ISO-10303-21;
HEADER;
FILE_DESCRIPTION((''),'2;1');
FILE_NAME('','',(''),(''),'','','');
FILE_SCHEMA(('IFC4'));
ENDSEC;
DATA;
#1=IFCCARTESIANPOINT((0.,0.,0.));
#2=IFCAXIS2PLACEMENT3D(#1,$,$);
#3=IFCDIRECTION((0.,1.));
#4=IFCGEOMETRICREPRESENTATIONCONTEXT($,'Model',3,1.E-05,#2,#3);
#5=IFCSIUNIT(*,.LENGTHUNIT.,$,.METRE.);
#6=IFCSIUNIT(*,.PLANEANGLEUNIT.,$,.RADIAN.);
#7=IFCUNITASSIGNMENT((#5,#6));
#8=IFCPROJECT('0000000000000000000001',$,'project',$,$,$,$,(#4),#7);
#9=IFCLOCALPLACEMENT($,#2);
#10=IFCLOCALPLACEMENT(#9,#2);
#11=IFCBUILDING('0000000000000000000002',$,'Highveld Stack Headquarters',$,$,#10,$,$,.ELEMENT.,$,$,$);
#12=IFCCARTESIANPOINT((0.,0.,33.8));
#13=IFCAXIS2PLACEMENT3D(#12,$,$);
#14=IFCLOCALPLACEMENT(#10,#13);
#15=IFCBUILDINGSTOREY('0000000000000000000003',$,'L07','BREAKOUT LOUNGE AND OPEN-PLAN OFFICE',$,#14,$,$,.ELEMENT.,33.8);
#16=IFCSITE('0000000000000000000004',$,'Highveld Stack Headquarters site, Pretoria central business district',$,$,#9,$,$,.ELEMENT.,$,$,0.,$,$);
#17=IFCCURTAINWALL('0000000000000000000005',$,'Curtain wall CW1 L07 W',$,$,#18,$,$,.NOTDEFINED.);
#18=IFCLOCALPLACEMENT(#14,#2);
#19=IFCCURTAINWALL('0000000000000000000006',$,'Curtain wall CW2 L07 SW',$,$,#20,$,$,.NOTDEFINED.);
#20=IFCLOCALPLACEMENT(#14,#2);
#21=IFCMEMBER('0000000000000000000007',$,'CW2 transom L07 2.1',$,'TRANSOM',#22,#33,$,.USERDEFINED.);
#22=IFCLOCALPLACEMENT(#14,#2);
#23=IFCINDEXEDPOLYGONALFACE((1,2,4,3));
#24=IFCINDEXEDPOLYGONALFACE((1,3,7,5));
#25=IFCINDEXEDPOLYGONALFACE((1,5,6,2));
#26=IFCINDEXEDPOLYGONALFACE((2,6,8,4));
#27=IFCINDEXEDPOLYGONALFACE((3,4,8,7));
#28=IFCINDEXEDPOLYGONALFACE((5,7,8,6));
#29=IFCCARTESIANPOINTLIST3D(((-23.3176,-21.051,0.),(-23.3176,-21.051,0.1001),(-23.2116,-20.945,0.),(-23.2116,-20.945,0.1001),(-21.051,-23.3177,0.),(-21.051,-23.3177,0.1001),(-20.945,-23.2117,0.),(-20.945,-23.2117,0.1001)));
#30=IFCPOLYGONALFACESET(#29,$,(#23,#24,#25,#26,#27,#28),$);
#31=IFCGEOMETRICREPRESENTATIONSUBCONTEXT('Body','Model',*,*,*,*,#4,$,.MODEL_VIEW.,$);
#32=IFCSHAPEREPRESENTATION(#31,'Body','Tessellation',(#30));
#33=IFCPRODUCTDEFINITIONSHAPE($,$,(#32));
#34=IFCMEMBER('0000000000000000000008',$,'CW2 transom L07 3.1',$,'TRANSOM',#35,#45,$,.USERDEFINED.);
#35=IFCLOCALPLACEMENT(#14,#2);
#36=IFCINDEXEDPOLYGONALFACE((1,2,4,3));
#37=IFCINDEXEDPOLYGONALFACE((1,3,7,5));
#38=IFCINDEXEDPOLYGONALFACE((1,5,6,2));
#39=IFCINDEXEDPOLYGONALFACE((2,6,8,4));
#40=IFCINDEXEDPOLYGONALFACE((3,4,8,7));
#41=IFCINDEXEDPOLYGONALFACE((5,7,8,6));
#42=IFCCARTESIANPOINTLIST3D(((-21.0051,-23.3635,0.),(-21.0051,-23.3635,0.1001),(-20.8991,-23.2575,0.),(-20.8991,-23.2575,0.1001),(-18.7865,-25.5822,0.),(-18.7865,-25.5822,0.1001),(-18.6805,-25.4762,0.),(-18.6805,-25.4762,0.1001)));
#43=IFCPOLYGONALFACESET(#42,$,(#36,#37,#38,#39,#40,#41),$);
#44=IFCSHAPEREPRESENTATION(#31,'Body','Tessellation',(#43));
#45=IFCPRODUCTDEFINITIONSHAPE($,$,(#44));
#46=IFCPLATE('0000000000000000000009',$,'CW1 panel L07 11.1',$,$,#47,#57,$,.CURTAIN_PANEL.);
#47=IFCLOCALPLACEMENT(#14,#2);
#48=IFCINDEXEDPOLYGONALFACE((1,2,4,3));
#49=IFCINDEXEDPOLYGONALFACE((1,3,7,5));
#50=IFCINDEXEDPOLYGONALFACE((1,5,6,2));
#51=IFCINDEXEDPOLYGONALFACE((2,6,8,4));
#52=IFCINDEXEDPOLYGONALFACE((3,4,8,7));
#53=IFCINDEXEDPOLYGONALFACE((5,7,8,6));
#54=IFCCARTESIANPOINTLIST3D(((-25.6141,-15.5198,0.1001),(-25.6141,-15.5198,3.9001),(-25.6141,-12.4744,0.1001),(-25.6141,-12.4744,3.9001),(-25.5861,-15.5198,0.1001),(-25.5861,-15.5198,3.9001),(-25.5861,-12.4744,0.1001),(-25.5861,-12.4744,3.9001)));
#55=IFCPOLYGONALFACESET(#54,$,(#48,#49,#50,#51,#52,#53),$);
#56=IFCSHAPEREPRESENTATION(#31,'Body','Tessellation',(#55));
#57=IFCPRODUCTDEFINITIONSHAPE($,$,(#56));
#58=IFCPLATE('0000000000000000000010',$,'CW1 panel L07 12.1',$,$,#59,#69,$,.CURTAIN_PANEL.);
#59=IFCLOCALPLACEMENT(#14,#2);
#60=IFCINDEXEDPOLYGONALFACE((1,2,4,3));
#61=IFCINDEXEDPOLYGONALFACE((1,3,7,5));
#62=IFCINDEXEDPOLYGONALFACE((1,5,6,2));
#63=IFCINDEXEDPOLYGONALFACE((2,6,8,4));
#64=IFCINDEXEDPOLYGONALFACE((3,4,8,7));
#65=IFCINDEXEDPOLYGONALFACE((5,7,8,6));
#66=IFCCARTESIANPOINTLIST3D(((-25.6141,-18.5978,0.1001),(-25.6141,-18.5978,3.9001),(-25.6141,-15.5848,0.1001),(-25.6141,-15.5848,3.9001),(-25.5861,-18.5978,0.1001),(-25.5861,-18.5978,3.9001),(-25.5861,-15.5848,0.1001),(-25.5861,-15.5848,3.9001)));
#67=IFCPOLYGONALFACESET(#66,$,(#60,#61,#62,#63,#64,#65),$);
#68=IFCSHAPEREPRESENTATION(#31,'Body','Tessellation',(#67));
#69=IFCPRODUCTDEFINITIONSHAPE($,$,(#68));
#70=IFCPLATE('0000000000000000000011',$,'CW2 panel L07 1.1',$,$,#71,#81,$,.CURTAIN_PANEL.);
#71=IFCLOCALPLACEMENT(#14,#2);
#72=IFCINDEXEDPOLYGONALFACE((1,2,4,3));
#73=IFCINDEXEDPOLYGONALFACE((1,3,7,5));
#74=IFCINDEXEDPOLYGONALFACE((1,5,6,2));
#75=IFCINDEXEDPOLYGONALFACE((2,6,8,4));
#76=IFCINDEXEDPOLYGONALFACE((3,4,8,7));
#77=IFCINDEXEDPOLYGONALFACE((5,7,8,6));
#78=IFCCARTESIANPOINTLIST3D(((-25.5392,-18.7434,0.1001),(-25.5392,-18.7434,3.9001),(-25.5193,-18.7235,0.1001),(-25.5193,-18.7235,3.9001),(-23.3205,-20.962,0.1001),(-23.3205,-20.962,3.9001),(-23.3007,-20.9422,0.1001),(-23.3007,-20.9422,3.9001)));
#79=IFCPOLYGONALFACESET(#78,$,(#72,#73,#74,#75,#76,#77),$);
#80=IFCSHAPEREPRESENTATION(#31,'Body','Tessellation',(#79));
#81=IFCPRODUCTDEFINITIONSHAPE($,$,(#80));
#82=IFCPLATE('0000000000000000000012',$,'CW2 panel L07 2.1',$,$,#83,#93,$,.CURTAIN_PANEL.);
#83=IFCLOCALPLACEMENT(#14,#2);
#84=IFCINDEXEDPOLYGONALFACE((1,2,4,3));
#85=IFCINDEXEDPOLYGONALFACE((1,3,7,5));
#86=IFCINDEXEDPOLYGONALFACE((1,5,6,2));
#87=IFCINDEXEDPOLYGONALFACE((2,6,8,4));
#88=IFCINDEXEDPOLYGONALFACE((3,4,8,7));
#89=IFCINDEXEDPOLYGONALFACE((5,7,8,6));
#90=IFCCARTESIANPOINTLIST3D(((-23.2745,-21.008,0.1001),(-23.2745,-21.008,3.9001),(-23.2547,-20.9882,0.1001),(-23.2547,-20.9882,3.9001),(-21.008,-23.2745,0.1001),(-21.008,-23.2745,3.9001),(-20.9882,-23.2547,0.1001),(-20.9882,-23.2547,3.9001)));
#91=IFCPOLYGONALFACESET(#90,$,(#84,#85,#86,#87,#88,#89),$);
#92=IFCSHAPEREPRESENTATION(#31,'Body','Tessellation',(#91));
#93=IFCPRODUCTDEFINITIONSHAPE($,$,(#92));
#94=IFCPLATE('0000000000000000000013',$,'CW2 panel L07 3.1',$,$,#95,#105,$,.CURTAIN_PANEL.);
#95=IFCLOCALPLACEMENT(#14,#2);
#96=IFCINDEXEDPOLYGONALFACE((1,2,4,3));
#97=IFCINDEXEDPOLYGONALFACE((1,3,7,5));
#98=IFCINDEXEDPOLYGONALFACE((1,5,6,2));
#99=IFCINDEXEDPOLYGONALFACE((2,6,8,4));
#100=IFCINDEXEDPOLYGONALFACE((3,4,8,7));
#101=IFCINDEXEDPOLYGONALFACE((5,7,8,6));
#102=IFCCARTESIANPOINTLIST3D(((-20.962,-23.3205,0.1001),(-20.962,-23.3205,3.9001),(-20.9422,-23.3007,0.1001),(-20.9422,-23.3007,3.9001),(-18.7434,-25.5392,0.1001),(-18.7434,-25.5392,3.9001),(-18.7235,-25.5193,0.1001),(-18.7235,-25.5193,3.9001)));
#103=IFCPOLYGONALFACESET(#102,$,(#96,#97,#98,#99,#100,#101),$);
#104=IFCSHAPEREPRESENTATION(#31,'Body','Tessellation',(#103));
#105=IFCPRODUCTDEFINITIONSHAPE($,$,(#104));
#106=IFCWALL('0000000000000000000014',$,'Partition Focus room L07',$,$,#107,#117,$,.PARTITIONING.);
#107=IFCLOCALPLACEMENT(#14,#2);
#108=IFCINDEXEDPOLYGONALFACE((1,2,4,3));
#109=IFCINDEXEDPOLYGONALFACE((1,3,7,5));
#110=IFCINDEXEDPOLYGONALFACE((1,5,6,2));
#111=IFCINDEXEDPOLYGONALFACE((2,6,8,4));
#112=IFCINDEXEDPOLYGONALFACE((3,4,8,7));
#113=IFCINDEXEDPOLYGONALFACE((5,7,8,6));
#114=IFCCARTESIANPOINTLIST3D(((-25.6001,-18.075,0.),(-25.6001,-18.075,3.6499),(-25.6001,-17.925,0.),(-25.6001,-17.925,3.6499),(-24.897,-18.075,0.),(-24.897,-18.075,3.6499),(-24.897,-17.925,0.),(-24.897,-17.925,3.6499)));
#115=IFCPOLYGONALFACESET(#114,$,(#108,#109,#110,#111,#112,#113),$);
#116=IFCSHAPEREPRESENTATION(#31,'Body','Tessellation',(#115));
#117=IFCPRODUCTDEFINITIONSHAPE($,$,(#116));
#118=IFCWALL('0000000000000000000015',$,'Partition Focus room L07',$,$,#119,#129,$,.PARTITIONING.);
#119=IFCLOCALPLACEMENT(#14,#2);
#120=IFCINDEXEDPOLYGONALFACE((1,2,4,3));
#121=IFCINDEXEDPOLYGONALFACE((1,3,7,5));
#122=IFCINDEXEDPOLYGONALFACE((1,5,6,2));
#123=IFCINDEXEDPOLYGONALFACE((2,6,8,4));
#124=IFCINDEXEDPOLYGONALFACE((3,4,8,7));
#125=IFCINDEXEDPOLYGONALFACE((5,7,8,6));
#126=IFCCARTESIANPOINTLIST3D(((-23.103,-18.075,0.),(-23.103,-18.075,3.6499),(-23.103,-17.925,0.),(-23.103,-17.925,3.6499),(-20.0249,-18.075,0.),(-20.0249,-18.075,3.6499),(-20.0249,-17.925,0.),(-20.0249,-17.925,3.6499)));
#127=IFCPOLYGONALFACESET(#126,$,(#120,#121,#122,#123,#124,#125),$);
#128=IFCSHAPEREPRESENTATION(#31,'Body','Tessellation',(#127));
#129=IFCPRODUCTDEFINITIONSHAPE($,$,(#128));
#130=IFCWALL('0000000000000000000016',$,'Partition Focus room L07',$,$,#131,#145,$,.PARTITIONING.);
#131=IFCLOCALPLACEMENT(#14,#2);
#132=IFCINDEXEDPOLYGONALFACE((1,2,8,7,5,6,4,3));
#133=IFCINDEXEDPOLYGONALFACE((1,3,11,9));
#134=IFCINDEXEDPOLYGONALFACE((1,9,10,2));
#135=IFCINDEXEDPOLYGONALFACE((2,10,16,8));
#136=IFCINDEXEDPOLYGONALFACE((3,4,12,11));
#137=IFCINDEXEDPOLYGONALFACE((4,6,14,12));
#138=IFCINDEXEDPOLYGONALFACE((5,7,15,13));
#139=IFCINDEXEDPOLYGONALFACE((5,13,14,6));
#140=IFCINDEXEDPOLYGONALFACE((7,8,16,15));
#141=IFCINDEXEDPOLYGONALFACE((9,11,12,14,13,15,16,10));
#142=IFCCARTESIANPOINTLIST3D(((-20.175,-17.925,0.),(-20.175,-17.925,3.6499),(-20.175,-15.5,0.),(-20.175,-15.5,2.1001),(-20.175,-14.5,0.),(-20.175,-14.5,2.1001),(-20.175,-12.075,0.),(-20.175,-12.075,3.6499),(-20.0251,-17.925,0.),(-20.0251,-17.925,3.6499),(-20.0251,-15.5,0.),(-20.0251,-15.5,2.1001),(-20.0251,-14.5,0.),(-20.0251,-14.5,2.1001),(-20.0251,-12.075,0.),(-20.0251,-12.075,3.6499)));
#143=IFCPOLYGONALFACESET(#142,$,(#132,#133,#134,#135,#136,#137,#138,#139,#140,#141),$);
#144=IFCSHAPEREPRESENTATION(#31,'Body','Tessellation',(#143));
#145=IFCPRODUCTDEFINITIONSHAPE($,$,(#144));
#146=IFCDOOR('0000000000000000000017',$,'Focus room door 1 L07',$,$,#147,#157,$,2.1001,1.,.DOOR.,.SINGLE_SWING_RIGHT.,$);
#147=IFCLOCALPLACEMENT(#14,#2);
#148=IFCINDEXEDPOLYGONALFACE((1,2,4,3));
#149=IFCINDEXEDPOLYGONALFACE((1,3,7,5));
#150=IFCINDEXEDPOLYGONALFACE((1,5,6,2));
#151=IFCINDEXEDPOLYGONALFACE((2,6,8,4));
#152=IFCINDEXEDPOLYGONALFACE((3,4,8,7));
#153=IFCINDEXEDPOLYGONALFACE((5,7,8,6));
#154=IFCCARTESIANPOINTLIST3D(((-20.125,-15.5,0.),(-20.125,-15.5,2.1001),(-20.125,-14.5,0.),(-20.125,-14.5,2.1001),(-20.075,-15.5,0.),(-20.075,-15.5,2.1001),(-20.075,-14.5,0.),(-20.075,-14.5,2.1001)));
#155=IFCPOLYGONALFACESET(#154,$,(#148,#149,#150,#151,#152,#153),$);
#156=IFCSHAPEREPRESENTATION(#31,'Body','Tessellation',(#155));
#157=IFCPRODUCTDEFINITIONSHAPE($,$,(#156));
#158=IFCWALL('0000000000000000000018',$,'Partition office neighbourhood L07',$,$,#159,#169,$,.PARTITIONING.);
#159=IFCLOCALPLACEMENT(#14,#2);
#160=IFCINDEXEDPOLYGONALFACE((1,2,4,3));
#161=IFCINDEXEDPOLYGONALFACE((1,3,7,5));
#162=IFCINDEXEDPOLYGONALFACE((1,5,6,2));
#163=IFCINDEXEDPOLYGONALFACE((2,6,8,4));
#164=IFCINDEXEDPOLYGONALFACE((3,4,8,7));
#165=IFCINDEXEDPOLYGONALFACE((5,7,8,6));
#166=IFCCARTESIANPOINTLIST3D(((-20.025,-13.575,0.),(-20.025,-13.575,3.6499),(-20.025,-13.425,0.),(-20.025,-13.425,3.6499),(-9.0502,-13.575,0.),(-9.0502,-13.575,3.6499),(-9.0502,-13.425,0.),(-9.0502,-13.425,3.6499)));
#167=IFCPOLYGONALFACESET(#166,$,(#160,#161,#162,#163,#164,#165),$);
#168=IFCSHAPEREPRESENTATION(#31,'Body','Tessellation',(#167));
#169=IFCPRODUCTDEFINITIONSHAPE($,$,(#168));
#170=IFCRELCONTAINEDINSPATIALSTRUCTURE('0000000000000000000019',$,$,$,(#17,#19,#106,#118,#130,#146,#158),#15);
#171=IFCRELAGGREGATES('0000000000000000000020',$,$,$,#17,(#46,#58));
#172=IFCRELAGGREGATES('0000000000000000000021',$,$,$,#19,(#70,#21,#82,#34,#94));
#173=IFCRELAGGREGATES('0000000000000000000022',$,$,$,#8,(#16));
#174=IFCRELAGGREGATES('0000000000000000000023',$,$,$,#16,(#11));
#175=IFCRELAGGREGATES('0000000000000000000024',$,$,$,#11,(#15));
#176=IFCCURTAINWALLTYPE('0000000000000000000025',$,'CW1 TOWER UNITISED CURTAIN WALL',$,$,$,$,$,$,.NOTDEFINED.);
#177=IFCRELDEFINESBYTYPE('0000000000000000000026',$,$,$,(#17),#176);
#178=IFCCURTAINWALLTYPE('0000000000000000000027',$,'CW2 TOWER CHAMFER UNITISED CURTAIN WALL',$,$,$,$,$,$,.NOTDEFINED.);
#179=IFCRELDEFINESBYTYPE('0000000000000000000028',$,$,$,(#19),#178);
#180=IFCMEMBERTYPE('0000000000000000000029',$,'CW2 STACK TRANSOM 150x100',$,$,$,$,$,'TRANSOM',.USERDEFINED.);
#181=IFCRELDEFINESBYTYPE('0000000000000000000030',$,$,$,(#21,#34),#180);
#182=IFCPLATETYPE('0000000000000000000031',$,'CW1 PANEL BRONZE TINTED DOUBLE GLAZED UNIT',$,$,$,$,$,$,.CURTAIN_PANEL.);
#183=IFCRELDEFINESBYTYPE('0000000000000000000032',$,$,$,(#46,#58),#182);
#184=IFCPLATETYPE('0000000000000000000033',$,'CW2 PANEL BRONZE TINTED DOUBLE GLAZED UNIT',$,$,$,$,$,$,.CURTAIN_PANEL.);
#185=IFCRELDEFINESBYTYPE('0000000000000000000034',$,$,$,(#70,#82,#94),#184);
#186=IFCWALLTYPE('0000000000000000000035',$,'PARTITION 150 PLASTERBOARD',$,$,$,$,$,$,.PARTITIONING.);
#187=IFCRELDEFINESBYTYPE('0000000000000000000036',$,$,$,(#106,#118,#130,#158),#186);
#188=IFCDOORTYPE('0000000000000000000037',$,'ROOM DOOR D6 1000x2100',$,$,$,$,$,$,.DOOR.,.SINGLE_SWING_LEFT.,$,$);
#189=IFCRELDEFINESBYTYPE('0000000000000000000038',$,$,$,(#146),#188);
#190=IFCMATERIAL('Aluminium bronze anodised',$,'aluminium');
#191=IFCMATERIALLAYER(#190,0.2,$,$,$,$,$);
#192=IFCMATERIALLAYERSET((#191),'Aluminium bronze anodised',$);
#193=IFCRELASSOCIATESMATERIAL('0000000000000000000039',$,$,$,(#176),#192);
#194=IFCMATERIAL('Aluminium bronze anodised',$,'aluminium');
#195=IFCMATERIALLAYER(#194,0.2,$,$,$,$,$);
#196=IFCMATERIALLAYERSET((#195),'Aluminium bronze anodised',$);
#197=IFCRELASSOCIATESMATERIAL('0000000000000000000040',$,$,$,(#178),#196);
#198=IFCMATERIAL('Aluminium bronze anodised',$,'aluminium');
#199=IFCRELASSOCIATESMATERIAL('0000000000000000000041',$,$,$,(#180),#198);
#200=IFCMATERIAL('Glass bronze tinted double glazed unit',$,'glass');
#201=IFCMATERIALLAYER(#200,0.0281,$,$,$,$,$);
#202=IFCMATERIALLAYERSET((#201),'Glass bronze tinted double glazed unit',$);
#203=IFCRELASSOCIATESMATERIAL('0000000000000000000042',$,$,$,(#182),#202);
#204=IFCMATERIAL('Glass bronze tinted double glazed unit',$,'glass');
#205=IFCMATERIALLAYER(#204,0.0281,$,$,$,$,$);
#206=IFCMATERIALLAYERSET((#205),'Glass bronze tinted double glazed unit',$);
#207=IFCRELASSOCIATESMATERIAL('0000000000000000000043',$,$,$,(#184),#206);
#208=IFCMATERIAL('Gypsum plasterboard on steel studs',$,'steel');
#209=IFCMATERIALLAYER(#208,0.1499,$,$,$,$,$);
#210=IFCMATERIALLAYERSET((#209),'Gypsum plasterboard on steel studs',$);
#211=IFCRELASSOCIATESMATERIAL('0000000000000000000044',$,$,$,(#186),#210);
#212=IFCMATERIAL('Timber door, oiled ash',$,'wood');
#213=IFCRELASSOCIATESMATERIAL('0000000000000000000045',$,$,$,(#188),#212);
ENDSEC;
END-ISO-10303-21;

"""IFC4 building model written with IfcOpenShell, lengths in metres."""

from ifc_helpers import new_model, si_unit, direction, frame, frame_2d, origin, origin_2d, place, context, subcontext, project, spatial, rectangle, extrude, material, layer, layer_set, material_profile, profile_set, type_object, element, fill, aggregate, save


model = new_model("IFC4")

# Units and contexts
model_context = context("Model", 3, precision=1e-05, world=origin(), true_north=direction((0.0, 1.0)))
body_context = subcontext(model_context, "Body", "Model", "MODEL_VIEW")
ifc_project = project(units=[si_unit("LENGTHUNIT", "METRE"), si_unit("PLANEANGLEUNIT", "RADIAN")], contexts=[model_context])

# Site, building, storey
site_placement = place(None, origin())
site = spatial("IfcSite", under=ifc_project, at=site_placement, Name="Highveld Stack Headquarters site, Pretoria central business district", CompositionType="ELEMENT", RefElevation=0.0)
building_placement = place(site_placement, origin())
building = spatial("IfcBuilding", under=site, at=building_placement, Name="Highveld Stack Headquarters", CompositionType="ELEMENT")
storey_placement = place(building_placement, frame((0.0, 0.0, 33.8)))
storey = spatial("IfcBuildingStorey", under=building, at=storey_placement, Name="L07", Description="BREAKOUT LOUNGE AND OPEN-PLAN OFFICE", CompositionType="ELEMENT", Elevation=33.8)

# Shared definitions
ifc_material_1 = material(Name="Aluminium bronze anodised", Category="aluminium")
ifc_layer_1 = layer(ifc_material_1, 0.2)
ifc_layer_set_1 = layer_set([ifc_layer_1], Name="Aluminium bronze anodised")
curtain_wall_type_1 = type_object("IfcCurtainWallType", Name="CW1 TOWER UNITISED CURTAIN WALL", PredefinedType="NOTDEFINED", material=ifc_layer_set_1)

# Curtain wall
curtain_wall_1_placement = place(storey_placement, origin())
curtain_wall_1 = element("IfcCurtainWall", 1, at=curtain_wall_1_placement, inside=storey, type_object=curtain_wall_type_1, Name="Curtain wall CW1 L07 W", PredefinedType="NOTDEFINED")

# Curtain wall, members
ifc_material_2 = material(Name="Aluminium bronze anodised", Category="aluminium")
ifc_layer_2 = layer(ifc_material_2, 0.2)
ifc_layer_set_2 = layer_set([ifc_layer_2], Name="Aluminium bronze anodised")
curtain_wall_type_2 = type_object("IfcCurtainWallType", Name="CW2 TOWER CHAMFER UNITISED CURTAIN WALL", PredefinedType="NOTDEFINED", material=ifc_layer_set_2)
curtain_wall_2_placement = place(storey_placement, origin())
curtain_wall_2 = element("IfcCurtainWall", 2, at=curtain_wall_2_placement, inside=storey, type_object=curtain_wall_type_2, Name="Curtain wall CW2 L07 SW", PredefinedType="NOTDEFINED")
ifc_material_3 = material(Name="Aluminium bronze anodised", Category="aluminium")
ifc_material_profile_1 = material_profile(ifc_material_3, rectangle(XDim=0.1499, YDim=0.1001, at=origin_2d()), Name="CW2 TRANSOM 150x100")
ifc_profile_set_1 = profile_set([ifc_material_profile_1], Name="Aluminium bronze anodised")
member_type_1 = type_object("IfcMemberType", Name="CW2 STACK TRANSOM 150x100", ElementType="TRANSOM", PredefinedType="USERDEFINED", material=ifc_profile_set_1)
member_1_placement = place(storey_placement, frame((-23.2646, -20.998, 0.05), z_axis=(0.707107, -0.707107, 0.0), x_axis=(0.707107, 0.707107, 0.0)))
member_1 = element("IfcMember", 3, at=member_1_placement, type_object=member_type_1, Name="CW2 transom L07 2.1", ObjectType="TRANSOM", PredefinedType="USERDEFINED", context=body_context, shape_type="SweptSolid", body=[
    extrude(rectangle(XDim=0.1499, YDim=0.1001, at=origin_2d()), origin(), (0.0, 0.0, 1.0), 3.2056),
])
member_2_placement = place(storey_placement, frame((-20.9521, -23.3105, 0.05), z_axis=(0.707107, -0.707107, 0.0), x_axis=(0.707107, 0.707107, 0.0)))
member_2 = element("IfcMember", 4, at=member_2_placement, type_object=member_type_1, Name="CW2 transom L07 3.1", ObjectType="TRANSOM", PredefinedType="USERDEFINED", context=body_context, shape_type="SweptSolid", body=[
    extrude(rectangle(XDim=0.1499, YDim=0.1001, at=origin_2d()), origin(), (0.0, 0.0, 1.0), 3.1377),
])

# Plates
ifc_material_4 = material(Name="Glass bronze tinted double glazed unit", Category="glass")
ifc_layer_3 = layer(ifc_material_4, 0.0281)
ifc_layer_set_3 = layer_set([ifc_layer_3], Name="Glass bronze tinted double glazed unit")
plate_type_1 = type_object("IfcPlateType", Name="CW1 PANEL BRONZE TINTED DOUBLE GLAZED UNIT", PredefinedType="CURTAIN_PANEL", material=ifc_layer_set_3)
plate_1_placement = place(storey_placement, frame((-25.6001, -13.9971, 0.1001), z_axis=(0.0, 0.0, 1.0), x_axis=(0.0, -1.0, 0.0)))
plate_1 = element("IfcPlate", 5, at=plate_1_placement, type_object=plate_type_1, Name="CW1 panel L07 11.1", PredefinedType="CURTAIN_PANEL", context=body_context, shape_type="SweptSolid", body=[
    extrude(rectangle(XDim=3.0454, YDim=0.0281, at=origin_2d()), origin(), (0.0, 0.0, 1.0), 3.8),
])
plate_2_placement = place(storey_placement, frame((-25.6001, -17.0913, 0.1001), z_axis=(0.0, 0.0, 1.0), x_axis=(0.0, -1.0, 0.0)))
plate_2 = element("IfcPlate", 6, at=plate_2_placement, type_object=plate_type_1, Name="CW1 panel L07 12.1", PredefinedType="CURTAIN_PANEL", context=body_context, shape_type="SweptSolid", body=[
    extrude(rectangle(XDim=3.0129, YDim=0.0281, at=origin_2d()), origin(), (0.0, 0.0, 1.0), 3.8),
])
aggregate(curtain_wall_1, [plate_1, plate_2])
ifc_material_5 = material(Name="Glass bronze tinted double glazed unit", Category="glass")
ifc_layer_4 = layer(ifc_material_5, 0.0281)
ifc_layer_set_4 = layer_set([ifc_layer_4], Name="Glass bronze tinted double glazed unit")
plate_type_2 = type_object("IfcPlateType", Name="CW2 PANEL BRONZE TINTED DOUBLE GLAZED UNIT", PredefinedType="CURTAIN_PANEL", material=ifc_layer_set_4)
plate_3_placement = place(storey_placement, frame((-24.4199, -19.8428, 0.1001), z_axis=(0.0, 0.0, 1.0), x_axis=(0.707107, -0.707107, 0.0)))
plate_3 = element("IfcPlate", 7, at=plate_3_placement, type_object=plate_type_2, Name="CW2 panel L07 1.1", PredefinedType="CURTAIN_PANEL", context=body_context, shape_type="SweptSolid", body=[
    extrude(rectangle(XDim=3.1377, YDim=0.0281, at=origin_2d()), origin(), (0.0, 0.0, 1.0), 3.8),
])
plate_4_placement = place(storey_placement, frame((-22.1313, -22.1313, 0.1001), z_axis=(0.0, 0.0, 1.0), x_axis=(0.707107, -0.707107, 0.0)))
plate_4 = element("IfcPlate", 8, at=plate_4_placement, type_object=plate_type_2, Name="CW2 panel L07 2.1", PredefinedType="CURTAIN_PANEL", context=body_context, shape_type="SweptSolid", body=[
    extrude(rectangle(XDim=3.2053, YDim=0.0281, at=origin_2d()), origin(), (0.0, 0.0, 1.0), 3.8),
])
plate_5_placement = place(storey_placement, frame((-19.8428, -24.4199, 0.1001), z_axis=(0.0, 0.0, 1.0), x_axis=(0.707107, -0.707107, 0.0)))
plate_5 = element("IfcPlate", 9, at=plate_5_placement, type_object=plate_type_2, Name="CW2 panel L07 3.1", PredefinedType="CURTAIN_PANEL", context=body_context, shape_type="SweptSolid", body=[
    extrude(rectangle(XDim=3.1377, YDim=0.0281, at=origin_2d()), origin(), (0.0, 0.0, 1.0), 3.8),
])
aggregate(curtain_wall_2, [plate_3, member_1, plate_4, member_2, plate_5])

# Walls
ifc_material_6 = material(Name="Gypsum plasterboard on steel studs", Category="steel")
ifc_layer_5 = layer(ifc_material_6, 0.1499)
ifc_layer_set_5 = layer_set([ifc_layer_5], Name="Gypsum plasterboard on steel studs")
wall_type = type_object("IfcWallType", Name="PARTITION 150 PLASTERBOARD", PredefinedType="PARTITIONING", material=ifc_layer_set_5)
wall_1_placement = place(storey_placement, frame((-25.6001, -18.0, 0.0), z_axis=(0.0, 0.0, 1.0), x_axis=(1.0, 0.0, 0.0)))
element("IfcWall", 10, at=wall_1_placement, inside=storey, type_object=wall_type, Name="Partition Focus room L07", PredefinedType="PARTITIONING", context=body_context, shape_type="SweptSolid", body=[
    extrude(rectangle(XDim=0.7031, YDim=0.1499, at=frame_2d((0.3516, 0.0))), origin(), (0.0, 0.0, 1.0), 3.6499),
])
wall_2_placement = place(storey_placement, frame((-23.103, -18.0, 0.0), z_axis=(0.0, 0.0, 1.0), x_axis=(1.0, 0.0, 0.0)))
element("IfcWall", 11, at=wall_2_placement, inside=storey, type_object=wall_type, Name="Partition Focus room L07", PredefinedType="PARTITIONING", context=body_context, shape_type="SweptSolid", body=[
    extrude(rectangle(XDim=3.0781, YDim=0.1499, at=frame_2d((1.5391, 0.0))), origin(), (0.0, 0.0, 1.0), 3.6499),
])

# Wall, opening, door
wall_3_placement = place(storey_placement, frame((-20.1001, -17.925, 0.0), z_axis=(0.0, 0.0, 1.0), x_axis=(0.0, 1.0, 0.0)))
wall_3 = element("IfcWall", 12, at=wall_3_placement, inside=storey, type_object=wall_type, Name="Partition Focus room L07", PredefinedType="PARTITIONING", context=body_context, shape_type="SweptSolid", body=[
    extrude(rectangle(XDim=5.8501, YDim=0.1499, at=frame_2d((2.925, 0.0))), origin(), (0.0, 0.0, 1.0), 3.6499),
])
opening_placement = place(wall_3_placement, frame((2.425, 0.0, 0.0)))
opening = element("IfcOpeningElement", 13, at=opening_placement, cuts=wall_3, PredefinedType="OPENING", context=body_context, shape_type="SweptSolid", body=[
    extrude(rectangle(XDim=1.0, YDim=2.1001, at=frame_2d((0.5, 1.05))), frame((0.0, 0.085, 0.0), z_axis=(0.0, -1.0, 0.0), x_axis=(1.0, 0.0, 0.0)), (0.0, 0.0, 1.0), 0.1699),
])
ifc_material_7 = material(Name="Timber door, oiled ash", Category="wood")
door_type = type_object("IfcDoorType", Name="ROOM DOOR D6 1000x2100", OperationType="SINGLE_SWING_LEFT", PredefinedType="DOOR", material=ifc_material_7)
door_placement = place(opening_placement, origin())
door = element("IfcDoor", 14, at=door_placement, inside=storey, type_object=door_type, Name="Focus room door 1 L07", OperationType="SINGLE_SWING_RIGHT", OverallHeight=2.1001, OverallWidth=1.0, PredefinedType="DOOR", context=body_context, shape_type="SweptSolid", body=[
    extrude(rectangle(XDim=1.0, YDim=2.1001, at=frame_2d((0.5, 1.05))), frame((0.0, 0.0249, 0.0), z_axis=(0.0, -1.0, 0.0), x_axis=(1.0, 0.0, 0.0)), (0.0, 0.0, 1.0), 0.05),
])
fill(opening, door)

# Wall
wall_4_placement = place(storey_placement, frame((-20.0249, -13.5, 0.0), z_axis=(0.0, 0.0, 1.0), x_axis=(1.0, 0.0, 0.0)))
element("IfcWall", 15, at=wall_4_placement, inside=storey, type_object=wall_type, Name="Partition office neighbourhood L07", PredefinedType="PARTITIONING", context=body_context, shape_type="SweptSolid", body=[
    extrude(rectangle(XDim=10.9749, YDim=0.1499, at=frame_2d((5.4873, 0.0))), origin(), (0.0, 0.0, 1.0), 3.6499),
])

save(model, "model.ifc")
